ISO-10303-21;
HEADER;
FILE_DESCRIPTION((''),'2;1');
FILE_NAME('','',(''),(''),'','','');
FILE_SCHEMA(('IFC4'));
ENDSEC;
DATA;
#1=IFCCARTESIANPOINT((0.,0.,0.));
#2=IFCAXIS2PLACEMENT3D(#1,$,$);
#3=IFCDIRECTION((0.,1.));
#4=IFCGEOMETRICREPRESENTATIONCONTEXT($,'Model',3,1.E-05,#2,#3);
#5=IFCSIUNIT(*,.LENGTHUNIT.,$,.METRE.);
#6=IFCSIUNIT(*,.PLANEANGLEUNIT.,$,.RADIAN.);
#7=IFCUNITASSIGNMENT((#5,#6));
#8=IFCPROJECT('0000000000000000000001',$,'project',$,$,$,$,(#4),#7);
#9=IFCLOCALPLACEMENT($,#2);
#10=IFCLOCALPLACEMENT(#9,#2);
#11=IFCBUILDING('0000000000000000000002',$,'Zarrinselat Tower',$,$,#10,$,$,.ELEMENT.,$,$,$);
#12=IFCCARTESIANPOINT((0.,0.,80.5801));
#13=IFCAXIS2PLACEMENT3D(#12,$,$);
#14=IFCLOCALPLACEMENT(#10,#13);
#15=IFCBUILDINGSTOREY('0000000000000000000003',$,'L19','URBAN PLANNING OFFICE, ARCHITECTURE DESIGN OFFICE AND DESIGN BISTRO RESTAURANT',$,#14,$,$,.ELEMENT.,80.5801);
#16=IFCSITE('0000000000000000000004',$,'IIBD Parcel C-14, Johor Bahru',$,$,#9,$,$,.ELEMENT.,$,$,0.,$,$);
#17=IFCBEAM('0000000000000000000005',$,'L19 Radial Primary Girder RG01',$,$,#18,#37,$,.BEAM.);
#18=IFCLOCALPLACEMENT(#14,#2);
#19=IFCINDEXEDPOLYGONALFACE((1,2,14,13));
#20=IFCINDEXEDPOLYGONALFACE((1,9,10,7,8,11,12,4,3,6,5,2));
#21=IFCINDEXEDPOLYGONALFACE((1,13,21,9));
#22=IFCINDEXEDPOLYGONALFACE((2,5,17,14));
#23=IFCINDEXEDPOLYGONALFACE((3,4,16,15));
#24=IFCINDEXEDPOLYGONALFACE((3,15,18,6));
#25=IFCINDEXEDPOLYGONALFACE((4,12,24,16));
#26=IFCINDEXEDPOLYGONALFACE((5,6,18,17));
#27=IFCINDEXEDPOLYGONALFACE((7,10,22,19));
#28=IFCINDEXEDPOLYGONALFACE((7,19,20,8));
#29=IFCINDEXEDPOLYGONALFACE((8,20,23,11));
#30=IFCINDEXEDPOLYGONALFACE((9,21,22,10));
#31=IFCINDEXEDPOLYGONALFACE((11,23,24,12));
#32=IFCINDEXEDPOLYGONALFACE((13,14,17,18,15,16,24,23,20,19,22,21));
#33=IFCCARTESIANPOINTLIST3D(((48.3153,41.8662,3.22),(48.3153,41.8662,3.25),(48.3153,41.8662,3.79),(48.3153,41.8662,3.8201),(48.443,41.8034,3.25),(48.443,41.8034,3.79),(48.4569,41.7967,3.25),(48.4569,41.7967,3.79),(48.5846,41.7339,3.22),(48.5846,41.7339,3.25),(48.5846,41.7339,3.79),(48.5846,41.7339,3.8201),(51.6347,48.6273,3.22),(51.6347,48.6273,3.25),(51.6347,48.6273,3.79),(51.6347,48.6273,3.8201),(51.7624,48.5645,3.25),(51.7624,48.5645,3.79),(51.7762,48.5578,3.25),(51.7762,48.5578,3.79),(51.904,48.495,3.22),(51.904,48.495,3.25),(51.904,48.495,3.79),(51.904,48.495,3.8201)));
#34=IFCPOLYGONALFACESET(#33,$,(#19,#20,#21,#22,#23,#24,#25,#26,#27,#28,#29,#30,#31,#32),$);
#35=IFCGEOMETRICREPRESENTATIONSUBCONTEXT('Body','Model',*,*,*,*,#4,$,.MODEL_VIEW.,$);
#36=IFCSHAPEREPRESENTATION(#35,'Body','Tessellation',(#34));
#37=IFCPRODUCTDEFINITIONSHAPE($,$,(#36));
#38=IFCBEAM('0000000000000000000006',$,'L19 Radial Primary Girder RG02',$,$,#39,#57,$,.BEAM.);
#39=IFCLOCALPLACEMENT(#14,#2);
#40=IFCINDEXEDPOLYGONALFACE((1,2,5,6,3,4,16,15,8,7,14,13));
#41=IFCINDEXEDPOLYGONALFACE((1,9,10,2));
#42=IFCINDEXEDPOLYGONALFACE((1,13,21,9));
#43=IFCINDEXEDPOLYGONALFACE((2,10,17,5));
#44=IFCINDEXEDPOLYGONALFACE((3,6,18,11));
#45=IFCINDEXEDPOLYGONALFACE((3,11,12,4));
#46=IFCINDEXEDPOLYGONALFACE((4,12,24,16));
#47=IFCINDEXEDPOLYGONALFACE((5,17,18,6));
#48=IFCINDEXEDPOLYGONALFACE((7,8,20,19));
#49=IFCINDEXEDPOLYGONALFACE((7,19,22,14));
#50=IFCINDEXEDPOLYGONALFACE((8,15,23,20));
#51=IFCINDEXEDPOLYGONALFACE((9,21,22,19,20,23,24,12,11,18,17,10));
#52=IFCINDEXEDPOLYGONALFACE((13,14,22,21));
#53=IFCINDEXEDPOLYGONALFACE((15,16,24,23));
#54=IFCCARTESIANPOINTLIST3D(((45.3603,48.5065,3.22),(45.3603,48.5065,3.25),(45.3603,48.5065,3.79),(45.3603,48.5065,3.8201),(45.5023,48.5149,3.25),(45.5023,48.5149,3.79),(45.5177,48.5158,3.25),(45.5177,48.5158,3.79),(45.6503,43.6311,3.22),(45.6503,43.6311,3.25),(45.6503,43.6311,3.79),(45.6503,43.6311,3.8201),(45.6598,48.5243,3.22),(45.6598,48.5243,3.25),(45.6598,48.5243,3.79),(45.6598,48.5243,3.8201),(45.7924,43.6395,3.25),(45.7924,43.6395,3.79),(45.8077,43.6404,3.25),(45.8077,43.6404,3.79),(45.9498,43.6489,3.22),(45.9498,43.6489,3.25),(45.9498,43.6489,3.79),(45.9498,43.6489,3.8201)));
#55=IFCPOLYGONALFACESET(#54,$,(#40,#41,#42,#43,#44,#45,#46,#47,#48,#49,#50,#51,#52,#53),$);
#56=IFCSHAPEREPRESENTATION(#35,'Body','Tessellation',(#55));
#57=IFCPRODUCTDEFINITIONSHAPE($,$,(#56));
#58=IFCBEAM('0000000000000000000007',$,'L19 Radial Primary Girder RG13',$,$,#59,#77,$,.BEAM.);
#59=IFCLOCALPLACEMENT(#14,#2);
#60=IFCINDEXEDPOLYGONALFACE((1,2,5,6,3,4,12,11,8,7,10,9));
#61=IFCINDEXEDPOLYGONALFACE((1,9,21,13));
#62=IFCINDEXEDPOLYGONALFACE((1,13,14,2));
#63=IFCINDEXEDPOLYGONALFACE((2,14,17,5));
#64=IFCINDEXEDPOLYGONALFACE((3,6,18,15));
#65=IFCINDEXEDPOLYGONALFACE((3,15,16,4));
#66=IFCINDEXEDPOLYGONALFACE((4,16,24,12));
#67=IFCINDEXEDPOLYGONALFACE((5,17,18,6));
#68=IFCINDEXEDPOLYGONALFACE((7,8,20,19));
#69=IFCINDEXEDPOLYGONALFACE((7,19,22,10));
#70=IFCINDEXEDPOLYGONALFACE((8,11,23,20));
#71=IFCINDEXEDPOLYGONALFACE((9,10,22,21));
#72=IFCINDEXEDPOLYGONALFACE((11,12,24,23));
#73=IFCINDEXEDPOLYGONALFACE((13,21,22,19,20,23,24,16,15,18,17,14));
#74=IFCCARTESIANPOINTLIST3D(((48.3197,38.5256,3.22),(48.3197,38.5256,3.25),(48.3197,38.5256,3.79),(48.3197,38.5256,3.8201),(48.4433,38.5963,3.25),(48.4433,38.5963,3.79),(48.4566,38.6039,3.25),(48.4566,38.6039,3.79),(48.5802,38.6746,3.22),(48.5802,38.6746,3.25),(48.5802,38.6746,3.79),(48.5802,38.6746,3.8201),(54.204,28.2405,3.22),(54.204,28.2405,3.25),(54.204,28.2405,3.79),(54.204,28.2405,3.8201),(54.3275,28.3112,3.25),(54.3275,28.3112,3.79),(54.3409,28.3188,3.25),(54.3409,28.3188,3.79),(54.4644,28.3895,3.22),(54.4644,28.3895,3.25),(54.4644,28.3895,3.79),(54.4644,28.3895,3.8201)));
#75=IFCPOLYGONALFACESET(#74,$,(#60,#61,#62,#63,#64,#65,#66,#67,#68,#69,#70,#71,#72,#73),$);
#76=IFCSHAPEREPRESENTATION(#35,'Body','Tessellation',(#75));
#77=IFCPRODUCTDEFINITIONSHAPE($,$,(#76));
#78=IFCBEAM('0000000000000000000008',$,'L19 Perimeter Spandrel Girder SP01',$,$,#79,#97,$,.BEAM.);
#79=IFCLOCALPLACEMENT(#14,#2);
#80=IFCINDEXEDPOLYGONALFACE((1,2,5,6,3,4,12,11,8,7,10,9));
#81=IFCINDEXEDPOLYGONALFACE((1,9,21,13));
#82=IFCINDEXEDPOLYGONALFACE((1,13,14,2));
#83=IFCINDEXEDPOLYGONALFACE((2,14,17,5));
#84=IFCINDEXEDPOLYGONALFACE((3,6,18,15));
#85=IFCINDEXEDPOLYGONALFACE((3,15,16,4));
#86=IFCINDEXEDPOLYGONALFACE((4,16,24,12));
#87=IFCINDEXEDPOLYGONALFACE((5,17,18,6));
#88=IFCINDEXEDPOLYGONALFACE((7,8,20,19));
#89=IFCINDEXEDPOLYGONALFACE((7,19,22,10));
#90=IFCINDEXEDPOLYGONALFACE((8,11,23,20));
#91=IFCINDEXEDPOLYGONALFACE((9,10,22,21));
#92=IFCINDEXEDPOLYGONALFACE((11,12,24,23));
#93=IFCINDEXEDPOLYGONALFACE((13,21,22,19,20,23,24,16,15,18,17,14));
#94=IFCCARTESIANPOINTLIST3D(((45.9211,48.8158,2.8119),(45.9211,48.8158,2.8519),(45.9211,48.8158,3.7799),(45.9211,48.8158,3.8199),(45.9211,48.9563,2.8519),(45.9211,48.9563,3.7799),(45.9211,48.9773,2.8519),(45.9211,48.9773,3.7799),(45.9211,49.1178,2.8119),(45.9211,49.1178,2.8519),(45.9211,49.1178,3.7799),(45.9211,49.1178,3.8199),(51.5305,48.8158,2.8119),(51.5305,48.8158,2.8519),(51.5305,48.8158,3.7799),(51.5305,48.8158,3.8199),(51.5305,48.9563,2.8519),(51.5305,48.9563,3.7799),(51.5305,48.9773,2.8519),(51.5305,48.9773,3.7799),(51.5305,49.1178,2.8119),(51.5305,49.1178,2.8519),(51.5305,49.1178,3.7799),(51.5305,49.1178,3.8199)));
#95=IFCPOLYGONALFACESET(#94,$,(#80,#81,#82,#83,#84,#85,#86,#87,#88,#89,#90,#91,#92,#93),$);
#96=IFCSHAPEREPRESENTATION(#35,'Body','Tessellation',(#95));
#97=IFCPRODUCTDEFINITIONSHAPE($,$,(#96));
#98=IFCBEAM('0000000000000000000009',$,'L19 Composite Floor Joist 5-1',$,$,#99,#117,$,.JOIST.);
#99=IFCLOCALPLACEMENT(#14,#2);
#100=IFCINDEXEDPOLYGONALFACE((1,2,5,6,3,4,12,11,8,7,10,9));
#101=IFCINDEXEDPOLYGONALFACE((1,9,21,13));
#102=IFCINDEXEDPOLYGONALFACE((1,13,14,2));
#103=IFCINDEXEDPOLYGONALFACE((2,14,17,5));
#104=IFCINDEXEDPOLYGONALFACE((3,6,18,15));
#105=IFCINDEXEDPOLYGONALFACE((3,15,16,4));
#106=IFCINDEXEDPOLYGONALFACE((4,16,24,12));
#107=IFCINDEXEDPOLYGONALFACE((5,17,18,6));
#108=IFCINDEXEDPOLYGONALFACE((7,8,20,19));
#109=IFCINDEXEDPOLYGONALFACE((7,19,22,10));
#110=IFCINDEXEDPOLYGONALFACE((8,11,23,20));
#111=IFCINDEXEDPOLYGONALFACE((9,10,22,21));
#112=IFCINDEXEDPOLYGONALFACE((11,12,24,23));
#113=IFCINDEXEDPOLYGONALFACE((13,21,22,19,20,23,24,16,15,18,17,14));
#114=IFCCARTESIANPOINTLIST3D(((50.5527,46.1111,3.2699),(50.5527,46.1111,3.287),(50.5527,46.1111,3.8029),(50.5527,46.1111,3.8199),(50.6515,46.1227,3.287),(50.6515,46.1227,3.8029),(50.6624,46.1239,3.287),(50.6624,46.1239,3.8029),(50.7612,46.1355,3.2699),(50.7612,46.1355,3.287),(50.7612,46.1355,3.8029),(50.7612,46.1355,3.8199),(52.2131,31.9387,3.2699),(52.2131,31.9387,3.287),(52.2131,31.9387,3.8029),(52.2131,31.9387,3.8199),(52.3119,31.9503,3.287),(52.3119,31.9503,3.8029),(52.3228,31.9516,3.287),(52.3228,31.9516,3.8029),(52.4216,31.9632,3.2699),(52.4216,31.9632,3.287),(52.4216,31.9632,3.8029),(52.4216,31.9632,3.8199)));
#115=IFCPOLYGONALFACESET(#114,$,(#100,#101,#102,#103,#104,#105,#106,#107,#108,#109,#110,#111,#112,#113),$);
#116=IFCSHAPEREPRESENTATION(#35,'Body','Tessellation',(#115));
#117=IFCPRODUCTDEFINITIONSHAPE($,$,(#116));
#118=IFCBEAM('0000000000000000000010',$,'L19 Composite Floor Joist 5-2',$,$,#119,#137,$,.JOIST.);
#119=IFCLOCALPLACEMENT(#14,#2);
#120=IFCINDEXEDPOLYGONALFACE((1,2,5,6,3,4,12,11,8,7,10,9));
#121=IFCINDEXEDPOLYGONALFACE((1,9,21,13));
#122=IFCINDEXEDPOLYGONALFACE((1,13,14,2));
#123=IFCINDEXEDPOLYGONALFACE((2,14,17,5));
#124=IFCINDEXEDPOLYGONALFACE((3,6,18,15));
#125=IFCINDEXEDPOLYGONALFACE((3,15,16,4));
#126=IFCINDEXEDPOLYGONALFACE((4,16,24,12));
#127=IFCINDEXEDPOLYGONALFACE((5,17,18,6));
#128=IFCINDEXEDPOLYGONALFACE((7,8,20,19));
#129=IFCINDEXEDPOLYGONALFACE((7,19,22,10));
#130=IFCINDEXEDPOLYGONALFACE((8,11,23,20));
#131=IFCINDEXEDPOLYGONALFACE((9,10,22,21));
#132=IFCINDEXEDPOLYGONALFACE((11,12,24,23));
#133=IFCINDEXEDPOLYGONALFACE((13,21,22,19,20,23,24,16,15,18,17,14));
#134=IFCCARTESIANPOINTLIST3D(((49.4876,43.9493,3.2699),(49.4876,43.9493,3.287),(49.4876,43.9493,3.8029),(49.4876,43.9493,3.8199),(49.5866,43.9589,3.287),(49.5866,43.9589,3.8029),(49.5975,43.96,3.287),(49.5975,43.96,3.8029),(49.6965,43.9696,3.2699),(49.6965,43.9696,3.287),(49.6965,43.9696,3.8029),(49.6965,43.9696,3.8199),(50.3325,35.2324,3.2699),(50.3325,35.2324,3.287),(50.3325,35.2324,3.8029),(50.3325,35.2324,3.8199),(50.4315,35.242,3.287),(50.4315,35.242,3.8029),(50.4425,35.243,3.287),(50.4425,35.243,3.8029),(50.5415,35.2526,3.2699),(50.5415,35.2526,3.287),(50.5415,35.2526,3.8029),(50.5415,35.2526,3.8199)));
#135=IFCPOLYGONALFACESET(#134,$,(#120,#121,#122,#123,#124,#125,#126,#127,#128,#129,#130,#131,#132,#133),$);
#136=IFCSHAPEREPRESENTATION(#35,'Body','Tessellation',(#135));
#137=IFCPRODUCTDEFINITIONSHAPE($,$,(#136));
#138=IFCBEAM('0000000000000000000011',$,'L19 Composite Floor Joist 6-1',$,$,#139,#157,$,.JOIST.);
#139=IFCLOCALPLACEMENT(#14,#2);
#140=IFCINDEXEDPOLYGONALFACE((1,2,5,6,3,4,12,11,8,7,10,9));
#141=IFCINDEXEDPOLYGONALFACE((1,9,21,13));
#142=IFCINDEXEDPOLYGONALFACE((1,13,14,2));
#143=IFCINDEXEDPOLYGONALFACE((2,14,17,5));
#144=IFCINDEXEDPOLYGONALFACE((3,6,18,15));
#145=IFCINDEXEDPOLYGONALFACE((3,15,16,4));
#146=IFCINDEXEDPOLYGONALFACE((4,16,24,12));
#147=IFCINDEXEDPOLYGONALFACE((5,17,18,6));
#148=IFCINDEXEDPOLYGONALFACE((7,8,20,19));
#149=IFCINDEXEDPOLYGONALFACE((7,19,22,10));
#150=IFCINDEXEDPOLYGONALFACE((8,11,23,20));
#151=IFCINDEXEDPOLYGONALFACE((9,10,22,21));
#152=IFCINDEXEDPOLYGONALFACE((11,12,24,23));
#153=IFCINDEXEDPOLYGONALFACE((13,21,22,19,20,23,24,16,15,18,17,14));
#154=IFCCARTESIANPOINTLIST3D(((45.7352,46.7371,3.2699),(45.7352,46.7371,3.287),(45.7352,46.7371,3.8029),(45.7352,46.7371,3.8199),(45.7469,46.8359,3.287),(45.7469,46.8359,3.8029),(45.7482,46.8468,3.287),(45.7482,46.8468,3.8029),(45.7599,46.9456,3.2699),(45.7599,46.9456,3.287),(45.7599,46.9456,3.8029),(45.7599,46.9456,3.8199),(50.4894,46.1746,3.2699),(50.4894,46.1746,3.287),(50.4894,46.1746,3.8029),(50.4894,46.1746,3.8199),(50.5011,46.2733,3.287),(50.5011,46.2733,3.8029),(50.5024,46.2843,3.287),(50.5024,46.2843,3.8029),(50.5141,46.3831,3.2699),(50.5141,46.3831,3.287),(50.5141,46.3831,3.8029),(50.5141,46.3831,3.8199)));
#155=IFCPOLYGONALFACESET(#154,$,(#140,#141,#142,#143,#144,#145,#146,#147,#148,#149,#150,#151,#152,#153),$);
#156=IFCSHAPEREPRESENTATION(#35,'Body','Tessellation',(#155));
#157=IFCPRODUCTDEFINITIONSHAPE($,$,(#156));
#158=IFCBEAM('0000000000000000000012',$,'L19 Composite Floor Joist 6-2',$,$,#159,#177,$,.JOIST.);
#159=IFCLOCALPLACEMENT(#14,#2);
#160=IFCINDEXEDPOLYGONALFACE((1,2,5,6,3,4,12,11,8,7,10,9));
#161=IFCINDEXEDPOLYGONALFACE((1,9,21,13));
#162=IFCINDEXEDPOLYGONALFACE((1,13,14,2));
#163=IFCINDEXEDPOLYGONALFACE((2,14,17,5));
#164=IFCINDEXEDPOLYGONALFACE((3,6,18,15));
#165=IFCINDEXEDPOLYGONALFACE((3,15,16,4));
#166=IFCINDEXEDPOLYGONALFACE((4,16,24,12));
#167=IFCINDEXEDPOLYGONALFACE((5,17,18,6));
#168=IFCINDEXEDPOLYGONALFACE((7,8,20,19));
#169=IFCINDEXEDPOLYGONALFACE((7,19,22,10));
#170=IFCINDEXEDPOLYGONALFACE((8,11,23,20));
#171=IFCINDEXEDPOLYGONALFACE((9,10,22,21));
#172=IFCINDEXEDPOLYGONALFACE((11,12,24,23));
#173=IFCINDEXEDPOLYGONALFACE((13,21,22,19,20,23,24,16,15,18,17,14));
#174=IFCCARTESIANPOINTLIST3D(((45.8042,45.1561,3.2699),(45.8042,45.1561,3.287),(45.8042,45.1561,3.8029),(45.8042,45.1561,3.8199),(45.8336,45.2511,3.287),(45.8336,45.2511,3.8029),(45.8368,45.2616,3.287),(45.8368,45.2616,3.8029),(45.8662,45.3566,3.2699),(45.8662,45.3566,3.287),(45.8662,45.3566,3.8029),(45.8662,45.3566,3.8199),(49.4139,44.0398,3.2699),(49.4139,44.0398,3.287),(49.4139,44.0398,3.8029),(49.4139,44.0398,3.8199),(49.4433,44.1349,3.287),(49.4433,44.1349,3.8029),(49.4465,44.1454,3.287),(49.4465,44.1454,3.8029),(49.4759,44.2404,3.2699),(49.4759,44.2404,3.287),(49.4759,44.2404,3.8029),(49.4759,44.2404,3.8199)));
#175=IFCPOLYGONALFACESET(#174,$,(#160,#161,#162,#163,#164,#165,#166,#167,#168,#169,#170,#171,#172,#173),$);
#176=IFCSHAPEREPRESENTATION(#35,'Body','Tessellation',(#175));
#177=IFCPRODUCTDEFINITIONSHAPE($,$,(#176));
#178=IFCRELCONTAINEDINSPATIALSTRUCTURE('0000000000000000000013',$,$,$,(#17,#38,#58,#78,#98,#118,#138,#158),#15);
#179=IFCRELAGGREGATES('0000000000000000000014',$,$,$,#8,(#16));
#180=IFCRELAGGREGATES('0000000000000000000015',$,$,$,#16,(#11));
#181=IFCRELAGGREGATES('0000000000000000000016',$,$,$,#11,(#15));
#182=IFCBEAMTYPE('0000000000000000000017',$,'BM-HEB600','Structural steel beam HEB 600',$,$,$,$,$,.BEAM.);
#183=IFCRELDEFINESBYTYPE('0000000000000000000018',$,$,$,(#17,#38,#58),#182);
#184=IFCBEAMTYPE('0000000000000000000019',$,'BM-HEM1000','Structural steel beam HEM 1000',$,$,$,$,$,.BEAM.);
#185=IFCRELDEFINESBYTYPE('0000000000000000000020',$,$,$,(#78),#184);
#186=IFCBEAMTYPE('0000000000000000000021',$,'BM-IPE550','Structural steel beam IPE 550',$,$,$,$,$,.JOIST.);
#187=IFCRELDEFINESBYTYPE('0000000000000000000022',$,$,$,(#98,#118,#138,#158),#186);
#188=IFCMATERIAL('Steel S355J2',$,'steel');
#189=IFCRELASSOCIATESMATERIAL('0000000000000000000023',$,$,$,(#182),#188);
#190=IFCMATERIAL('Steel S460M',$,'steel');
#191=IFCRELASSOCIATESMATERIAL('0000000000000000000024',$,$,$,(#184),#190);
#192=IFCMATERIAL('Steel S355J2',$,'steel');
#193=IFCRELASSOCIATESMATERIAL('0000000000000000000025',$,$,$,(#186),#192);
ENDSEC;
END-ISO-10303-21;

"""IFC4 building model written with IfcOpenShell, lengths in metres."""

from ifc_helpers import new_model, si_unit, direction, frame, origin, origin_2d, place, context, subcontext, project, spatial, i_section, extrude, material, material_profile, profile_set, type_object, element, save


model = new_model("IFC4")

# Units and contexts
model_context = context("Model", 3, precision=1e-05, world=origin(), true_north=direction((0.0, 1.0)))
body_context = subcontext(model_context, "Body", "Model", "MODEL_VIEW")
ifc_project = project(units=[si_unit("LENGTHUNIT", "METRE"), si_unit("PLANEANGLEUNIT", "RADIAN")], contexts=[model_context])

# Site, building, storey
site_placement = place(None, origin())
site = spatial("IfcSite", under=ifc_project, at=site_placement, Name="IIBD Parcel C-14, Johor Bahru", CompositionType="ELEMENT", RefElevation=0.0)
building_placement = place(site_placement, origin())
building = spatial("IfcBuilding", under=site, at=building_placement, Name="Zarrinselat Tower", CompositionType="ELEMENT")
storey_placement = place(building_placement, frame((0.0, 0.0, 80.5801)))
storey = spatial("IfcBuildingStorey", under=building, at=storey_placement, Name="L19", Description="URBAN PLANNING OFFICE, ARCHITECTURE DESIGN OFFICE AND DESIGN BISTRO RESTAURANT", CompositionType="ELEMENT", Elevation=80.5801)

# Beams
ifc_material_1 = material(Name="Steel S355J2", Category="steel")
ifc_material_profile_1 = material_profile(ifc_material_1, i_section(OverallWidth=0.3, OverallDepth=0.6001, WebThickness=0.0154, FlangeThickness=0.03, at=origin_2d()), Name="HEB 600")
ifc_profile_set_1 = profile_set([ifc_material_profile_1], Name="Steel S355J2")
beam_type_1 = type_object("IfcBeamType", Name="BM-HEB600", Description="Structural steel beam HEB 600", PredefinedType="BEAM", material=ifc_profile_set_1)
beam_1_placement = place(storey_placement, frame((48.45, 41.8, 3.52), z_axis=(0.440706, 0.897652, 0.0), x_axis=(-0.897652, 0.440706, 0.0)))
element("IfcBeam", 1, at=beam_1_placement, inside=storey, type_object=beam_type_1, Name="L19 Radial Primary Girder RG01", PredefinedType="BEAM", context=body_context, shape_type="SweptSolid", body=[
    extrude(i_section(OverallWidth=0.3, OverallDepth=0.6001, WebThickness=0.0154, FlangeThickness=0.03, at=origin_2d()), origin(), (0.0, 0.0, 1.0), 7.532),
])
beam_2_placement = place(storey_placement, frame((45.51, 48.5154, 3.52), z_axis=(0.059384, -0.998235, 0.0), x_axis=(0.998235, 0.059384, 0.0)))
element("IfcBeam", 2, at=beam_2_placement, inside=storey, type_object=beam_type_1, Name="L19 Radial Primary Girder RG02", PredefinedType="BEAM", context=body_context, shape_type="SweptSolid", body=[
    extrude(i_section(OverallWidth=0.3, OverallDepth=0.6001, WebThickness=0.0154, FlangeThickness=0.03, at=origin_2d()), origin(), (0.0, 0.0, 1.0), 4.884),
])
beam_3_placement = place(storey_placement, frame((48.45, 38.6001, 3.52), z_axis=(0.496587, -0.867987, 0.0), x_axis=(0.867987, 0.496587, 0.0)))
element("IfcBeam", 3, at=beam_3_placement, inside=storey, type_object=beam_type_1, Name="L19 Radial Primary Girder RG13", PredefinedType="BEAM", context=body_context, shape_type="SweptSolid", body=[
    extrude(i_section(OverallWidth=0.3, OverallDepth=0.6001, WebThickness=0.0154, FlangeThickness=0.03, at=origin_2d()), origin(), (0.0, 0.0, 1.0), 11.8494),
])
ifc_material_2 = material(Name="Steel S460M", Category="steel")
ifc_material_profile_2 = material_profile(ifc_material_2, i_section(OverallWidth=0.302, OverallDepth=1.0081, WebThickness=0.021, FlangeThickness=0.04, at=origin_2d()), Name="HEM 1000")
ifc_profile_set_2 = profile_set([ifc_material_profile_2], Name="Steel S460M")
beam_type_2 = type_object("IfcBeamType", Name="BM-HEM1000", Description="Structural steel beam HEM 1000", PredefinedType="BEAM", material=ifc_profile_set_2)
beam_4_placement = place(storey_placement, frame((45.9211, 48.9668, 3.3159), z_axis=(1.0, 0.0, 0.0), x_axis=(0.0, 1.0, 0.0)))
element("IfcBeam", 4, at=beam_4_placement, inside=storey, type_object=beam_type_2, Name="L19 Perimeter Spandrel Girder SP01", PredefinedType="BEAM", context=body_context, shape_type="SweptSolid", body=[
    extrude(i_section(OverallWidth=0.302, OverallDepth=1.0081, WebThickness=0.021, FlangeThickness=0.04, at=origin_2d()), origin(), (0.0, 0.0, 1.0), 5.6094),
])
ifc_material_3 = material(Name="Steel S355J2", Category="steel")
ifc_material_profile_3 = material_profile(ifc_material_3, i_section(OverallWidth=0.21, OverallDepth=0.55, WebThickness=0.011, FlangeThickness=0.0171, at=origin_2d()), Name="IPE 550")
ifc_profile_set_3 = profile_set([ifc_material_profile_3], Name="Steel S355J2")
beam_type_3 = type_object("IfcBeamType", Name="BM-IPE550", Description="Structural steel beam IPE 550", PredefinedType="JOIST", material=ifc_profile_set_3)
beam_5_placement = place(storey_placement, frame((50.657, 46.1233, 3.5449), z_axis=(0.116362, -0.993207, 0.0), x_axis=(0.993207, 0.116362, 0.0)))
element("IfcBeam", 5, at=beam_5_placement, inside=storey, type_object=beam_type_3, Name="L19 Composite Floor Joist 5-1", PredefinedType="JOIST", context=body_context, shape_type="SweptSolid", body=[
    extrude(i_section(OverallWidth=0.21, OverallDepth=0.55, WebThickness=0.011, FlangeThickness=0.0171, at=origin_2d()), origin(), (0.0, 0.0, 1.0), 14.2693),
])
beam_6_placement = place(storey_placement, frame((49.592, 43.9595, 3.5449), z_axis=(0.096481, -0.995335, 0.0), x_axis=(0.995335, 0.096481, 0.0)))
element("IfcBeam", 6, at=beam_6_placement, inside=storey, type_object=beam_type_3, Name="L19 Composite Floor Joist 5-2", PredefinedType="JOIST", context=body_context, shape_type="SweptSolid", body=[
    extrude(i_section(OverallWidth=0.21, OverallDepth=0.55, WebThickness=0.011, FlangeThickness=0.0171, at=origin_2d()), origin(), (0.0, 0.0, 1.0), 8.7578),
])
beam_7_placement = place(storey_placement, frame((45.7476, 46.8413, 3.5449), z_axis=(0.993073, -0.117498, 0.0), x_axis=(0.117498, 0.993073, 0.0)))
element("IfcBeam", 7, at=beam_7_placement, inside=storey, type_object=beam_type_3, Name="L19 Composite Floor Joist 6-1", PredefinedType="JOIST", context=body_context, shape_type="SweptSolid", body=[
    extrude(i_section(OverallWidth=0.21, OverallDepth=0.55, WebThickness=0.011, FlangeThickness=0.0171, at=origin_2d()), origin(), (0.0, 0.0, 1.0), 4.7874),
])
beam_8_placement = place(storey_placement, frame((45.8352, 45.2563, 3.5449), z_axis=(0.955365, -0.29543, 0.0), x_axis=(0.29543, 0.955365, 0.0)))
element("IfcBeam", 8, at=beam_8_placement, inside=storey, type_object=beam_type_3, Name="L19 Composite Floor Joist 6-2", PredefinedType="JOIST", context=body_context, shape_type="SweptSolid", body=[
    extrude(i_section(OverallWidth=0.21, OverallDepth=0.55, WebThickness=0.011, FlangeThickness=0.0171, at=origin_2d()), origin(), (0.0, 0.0, 1.0), 3.7783),
])

save(model, "model.ifc")
